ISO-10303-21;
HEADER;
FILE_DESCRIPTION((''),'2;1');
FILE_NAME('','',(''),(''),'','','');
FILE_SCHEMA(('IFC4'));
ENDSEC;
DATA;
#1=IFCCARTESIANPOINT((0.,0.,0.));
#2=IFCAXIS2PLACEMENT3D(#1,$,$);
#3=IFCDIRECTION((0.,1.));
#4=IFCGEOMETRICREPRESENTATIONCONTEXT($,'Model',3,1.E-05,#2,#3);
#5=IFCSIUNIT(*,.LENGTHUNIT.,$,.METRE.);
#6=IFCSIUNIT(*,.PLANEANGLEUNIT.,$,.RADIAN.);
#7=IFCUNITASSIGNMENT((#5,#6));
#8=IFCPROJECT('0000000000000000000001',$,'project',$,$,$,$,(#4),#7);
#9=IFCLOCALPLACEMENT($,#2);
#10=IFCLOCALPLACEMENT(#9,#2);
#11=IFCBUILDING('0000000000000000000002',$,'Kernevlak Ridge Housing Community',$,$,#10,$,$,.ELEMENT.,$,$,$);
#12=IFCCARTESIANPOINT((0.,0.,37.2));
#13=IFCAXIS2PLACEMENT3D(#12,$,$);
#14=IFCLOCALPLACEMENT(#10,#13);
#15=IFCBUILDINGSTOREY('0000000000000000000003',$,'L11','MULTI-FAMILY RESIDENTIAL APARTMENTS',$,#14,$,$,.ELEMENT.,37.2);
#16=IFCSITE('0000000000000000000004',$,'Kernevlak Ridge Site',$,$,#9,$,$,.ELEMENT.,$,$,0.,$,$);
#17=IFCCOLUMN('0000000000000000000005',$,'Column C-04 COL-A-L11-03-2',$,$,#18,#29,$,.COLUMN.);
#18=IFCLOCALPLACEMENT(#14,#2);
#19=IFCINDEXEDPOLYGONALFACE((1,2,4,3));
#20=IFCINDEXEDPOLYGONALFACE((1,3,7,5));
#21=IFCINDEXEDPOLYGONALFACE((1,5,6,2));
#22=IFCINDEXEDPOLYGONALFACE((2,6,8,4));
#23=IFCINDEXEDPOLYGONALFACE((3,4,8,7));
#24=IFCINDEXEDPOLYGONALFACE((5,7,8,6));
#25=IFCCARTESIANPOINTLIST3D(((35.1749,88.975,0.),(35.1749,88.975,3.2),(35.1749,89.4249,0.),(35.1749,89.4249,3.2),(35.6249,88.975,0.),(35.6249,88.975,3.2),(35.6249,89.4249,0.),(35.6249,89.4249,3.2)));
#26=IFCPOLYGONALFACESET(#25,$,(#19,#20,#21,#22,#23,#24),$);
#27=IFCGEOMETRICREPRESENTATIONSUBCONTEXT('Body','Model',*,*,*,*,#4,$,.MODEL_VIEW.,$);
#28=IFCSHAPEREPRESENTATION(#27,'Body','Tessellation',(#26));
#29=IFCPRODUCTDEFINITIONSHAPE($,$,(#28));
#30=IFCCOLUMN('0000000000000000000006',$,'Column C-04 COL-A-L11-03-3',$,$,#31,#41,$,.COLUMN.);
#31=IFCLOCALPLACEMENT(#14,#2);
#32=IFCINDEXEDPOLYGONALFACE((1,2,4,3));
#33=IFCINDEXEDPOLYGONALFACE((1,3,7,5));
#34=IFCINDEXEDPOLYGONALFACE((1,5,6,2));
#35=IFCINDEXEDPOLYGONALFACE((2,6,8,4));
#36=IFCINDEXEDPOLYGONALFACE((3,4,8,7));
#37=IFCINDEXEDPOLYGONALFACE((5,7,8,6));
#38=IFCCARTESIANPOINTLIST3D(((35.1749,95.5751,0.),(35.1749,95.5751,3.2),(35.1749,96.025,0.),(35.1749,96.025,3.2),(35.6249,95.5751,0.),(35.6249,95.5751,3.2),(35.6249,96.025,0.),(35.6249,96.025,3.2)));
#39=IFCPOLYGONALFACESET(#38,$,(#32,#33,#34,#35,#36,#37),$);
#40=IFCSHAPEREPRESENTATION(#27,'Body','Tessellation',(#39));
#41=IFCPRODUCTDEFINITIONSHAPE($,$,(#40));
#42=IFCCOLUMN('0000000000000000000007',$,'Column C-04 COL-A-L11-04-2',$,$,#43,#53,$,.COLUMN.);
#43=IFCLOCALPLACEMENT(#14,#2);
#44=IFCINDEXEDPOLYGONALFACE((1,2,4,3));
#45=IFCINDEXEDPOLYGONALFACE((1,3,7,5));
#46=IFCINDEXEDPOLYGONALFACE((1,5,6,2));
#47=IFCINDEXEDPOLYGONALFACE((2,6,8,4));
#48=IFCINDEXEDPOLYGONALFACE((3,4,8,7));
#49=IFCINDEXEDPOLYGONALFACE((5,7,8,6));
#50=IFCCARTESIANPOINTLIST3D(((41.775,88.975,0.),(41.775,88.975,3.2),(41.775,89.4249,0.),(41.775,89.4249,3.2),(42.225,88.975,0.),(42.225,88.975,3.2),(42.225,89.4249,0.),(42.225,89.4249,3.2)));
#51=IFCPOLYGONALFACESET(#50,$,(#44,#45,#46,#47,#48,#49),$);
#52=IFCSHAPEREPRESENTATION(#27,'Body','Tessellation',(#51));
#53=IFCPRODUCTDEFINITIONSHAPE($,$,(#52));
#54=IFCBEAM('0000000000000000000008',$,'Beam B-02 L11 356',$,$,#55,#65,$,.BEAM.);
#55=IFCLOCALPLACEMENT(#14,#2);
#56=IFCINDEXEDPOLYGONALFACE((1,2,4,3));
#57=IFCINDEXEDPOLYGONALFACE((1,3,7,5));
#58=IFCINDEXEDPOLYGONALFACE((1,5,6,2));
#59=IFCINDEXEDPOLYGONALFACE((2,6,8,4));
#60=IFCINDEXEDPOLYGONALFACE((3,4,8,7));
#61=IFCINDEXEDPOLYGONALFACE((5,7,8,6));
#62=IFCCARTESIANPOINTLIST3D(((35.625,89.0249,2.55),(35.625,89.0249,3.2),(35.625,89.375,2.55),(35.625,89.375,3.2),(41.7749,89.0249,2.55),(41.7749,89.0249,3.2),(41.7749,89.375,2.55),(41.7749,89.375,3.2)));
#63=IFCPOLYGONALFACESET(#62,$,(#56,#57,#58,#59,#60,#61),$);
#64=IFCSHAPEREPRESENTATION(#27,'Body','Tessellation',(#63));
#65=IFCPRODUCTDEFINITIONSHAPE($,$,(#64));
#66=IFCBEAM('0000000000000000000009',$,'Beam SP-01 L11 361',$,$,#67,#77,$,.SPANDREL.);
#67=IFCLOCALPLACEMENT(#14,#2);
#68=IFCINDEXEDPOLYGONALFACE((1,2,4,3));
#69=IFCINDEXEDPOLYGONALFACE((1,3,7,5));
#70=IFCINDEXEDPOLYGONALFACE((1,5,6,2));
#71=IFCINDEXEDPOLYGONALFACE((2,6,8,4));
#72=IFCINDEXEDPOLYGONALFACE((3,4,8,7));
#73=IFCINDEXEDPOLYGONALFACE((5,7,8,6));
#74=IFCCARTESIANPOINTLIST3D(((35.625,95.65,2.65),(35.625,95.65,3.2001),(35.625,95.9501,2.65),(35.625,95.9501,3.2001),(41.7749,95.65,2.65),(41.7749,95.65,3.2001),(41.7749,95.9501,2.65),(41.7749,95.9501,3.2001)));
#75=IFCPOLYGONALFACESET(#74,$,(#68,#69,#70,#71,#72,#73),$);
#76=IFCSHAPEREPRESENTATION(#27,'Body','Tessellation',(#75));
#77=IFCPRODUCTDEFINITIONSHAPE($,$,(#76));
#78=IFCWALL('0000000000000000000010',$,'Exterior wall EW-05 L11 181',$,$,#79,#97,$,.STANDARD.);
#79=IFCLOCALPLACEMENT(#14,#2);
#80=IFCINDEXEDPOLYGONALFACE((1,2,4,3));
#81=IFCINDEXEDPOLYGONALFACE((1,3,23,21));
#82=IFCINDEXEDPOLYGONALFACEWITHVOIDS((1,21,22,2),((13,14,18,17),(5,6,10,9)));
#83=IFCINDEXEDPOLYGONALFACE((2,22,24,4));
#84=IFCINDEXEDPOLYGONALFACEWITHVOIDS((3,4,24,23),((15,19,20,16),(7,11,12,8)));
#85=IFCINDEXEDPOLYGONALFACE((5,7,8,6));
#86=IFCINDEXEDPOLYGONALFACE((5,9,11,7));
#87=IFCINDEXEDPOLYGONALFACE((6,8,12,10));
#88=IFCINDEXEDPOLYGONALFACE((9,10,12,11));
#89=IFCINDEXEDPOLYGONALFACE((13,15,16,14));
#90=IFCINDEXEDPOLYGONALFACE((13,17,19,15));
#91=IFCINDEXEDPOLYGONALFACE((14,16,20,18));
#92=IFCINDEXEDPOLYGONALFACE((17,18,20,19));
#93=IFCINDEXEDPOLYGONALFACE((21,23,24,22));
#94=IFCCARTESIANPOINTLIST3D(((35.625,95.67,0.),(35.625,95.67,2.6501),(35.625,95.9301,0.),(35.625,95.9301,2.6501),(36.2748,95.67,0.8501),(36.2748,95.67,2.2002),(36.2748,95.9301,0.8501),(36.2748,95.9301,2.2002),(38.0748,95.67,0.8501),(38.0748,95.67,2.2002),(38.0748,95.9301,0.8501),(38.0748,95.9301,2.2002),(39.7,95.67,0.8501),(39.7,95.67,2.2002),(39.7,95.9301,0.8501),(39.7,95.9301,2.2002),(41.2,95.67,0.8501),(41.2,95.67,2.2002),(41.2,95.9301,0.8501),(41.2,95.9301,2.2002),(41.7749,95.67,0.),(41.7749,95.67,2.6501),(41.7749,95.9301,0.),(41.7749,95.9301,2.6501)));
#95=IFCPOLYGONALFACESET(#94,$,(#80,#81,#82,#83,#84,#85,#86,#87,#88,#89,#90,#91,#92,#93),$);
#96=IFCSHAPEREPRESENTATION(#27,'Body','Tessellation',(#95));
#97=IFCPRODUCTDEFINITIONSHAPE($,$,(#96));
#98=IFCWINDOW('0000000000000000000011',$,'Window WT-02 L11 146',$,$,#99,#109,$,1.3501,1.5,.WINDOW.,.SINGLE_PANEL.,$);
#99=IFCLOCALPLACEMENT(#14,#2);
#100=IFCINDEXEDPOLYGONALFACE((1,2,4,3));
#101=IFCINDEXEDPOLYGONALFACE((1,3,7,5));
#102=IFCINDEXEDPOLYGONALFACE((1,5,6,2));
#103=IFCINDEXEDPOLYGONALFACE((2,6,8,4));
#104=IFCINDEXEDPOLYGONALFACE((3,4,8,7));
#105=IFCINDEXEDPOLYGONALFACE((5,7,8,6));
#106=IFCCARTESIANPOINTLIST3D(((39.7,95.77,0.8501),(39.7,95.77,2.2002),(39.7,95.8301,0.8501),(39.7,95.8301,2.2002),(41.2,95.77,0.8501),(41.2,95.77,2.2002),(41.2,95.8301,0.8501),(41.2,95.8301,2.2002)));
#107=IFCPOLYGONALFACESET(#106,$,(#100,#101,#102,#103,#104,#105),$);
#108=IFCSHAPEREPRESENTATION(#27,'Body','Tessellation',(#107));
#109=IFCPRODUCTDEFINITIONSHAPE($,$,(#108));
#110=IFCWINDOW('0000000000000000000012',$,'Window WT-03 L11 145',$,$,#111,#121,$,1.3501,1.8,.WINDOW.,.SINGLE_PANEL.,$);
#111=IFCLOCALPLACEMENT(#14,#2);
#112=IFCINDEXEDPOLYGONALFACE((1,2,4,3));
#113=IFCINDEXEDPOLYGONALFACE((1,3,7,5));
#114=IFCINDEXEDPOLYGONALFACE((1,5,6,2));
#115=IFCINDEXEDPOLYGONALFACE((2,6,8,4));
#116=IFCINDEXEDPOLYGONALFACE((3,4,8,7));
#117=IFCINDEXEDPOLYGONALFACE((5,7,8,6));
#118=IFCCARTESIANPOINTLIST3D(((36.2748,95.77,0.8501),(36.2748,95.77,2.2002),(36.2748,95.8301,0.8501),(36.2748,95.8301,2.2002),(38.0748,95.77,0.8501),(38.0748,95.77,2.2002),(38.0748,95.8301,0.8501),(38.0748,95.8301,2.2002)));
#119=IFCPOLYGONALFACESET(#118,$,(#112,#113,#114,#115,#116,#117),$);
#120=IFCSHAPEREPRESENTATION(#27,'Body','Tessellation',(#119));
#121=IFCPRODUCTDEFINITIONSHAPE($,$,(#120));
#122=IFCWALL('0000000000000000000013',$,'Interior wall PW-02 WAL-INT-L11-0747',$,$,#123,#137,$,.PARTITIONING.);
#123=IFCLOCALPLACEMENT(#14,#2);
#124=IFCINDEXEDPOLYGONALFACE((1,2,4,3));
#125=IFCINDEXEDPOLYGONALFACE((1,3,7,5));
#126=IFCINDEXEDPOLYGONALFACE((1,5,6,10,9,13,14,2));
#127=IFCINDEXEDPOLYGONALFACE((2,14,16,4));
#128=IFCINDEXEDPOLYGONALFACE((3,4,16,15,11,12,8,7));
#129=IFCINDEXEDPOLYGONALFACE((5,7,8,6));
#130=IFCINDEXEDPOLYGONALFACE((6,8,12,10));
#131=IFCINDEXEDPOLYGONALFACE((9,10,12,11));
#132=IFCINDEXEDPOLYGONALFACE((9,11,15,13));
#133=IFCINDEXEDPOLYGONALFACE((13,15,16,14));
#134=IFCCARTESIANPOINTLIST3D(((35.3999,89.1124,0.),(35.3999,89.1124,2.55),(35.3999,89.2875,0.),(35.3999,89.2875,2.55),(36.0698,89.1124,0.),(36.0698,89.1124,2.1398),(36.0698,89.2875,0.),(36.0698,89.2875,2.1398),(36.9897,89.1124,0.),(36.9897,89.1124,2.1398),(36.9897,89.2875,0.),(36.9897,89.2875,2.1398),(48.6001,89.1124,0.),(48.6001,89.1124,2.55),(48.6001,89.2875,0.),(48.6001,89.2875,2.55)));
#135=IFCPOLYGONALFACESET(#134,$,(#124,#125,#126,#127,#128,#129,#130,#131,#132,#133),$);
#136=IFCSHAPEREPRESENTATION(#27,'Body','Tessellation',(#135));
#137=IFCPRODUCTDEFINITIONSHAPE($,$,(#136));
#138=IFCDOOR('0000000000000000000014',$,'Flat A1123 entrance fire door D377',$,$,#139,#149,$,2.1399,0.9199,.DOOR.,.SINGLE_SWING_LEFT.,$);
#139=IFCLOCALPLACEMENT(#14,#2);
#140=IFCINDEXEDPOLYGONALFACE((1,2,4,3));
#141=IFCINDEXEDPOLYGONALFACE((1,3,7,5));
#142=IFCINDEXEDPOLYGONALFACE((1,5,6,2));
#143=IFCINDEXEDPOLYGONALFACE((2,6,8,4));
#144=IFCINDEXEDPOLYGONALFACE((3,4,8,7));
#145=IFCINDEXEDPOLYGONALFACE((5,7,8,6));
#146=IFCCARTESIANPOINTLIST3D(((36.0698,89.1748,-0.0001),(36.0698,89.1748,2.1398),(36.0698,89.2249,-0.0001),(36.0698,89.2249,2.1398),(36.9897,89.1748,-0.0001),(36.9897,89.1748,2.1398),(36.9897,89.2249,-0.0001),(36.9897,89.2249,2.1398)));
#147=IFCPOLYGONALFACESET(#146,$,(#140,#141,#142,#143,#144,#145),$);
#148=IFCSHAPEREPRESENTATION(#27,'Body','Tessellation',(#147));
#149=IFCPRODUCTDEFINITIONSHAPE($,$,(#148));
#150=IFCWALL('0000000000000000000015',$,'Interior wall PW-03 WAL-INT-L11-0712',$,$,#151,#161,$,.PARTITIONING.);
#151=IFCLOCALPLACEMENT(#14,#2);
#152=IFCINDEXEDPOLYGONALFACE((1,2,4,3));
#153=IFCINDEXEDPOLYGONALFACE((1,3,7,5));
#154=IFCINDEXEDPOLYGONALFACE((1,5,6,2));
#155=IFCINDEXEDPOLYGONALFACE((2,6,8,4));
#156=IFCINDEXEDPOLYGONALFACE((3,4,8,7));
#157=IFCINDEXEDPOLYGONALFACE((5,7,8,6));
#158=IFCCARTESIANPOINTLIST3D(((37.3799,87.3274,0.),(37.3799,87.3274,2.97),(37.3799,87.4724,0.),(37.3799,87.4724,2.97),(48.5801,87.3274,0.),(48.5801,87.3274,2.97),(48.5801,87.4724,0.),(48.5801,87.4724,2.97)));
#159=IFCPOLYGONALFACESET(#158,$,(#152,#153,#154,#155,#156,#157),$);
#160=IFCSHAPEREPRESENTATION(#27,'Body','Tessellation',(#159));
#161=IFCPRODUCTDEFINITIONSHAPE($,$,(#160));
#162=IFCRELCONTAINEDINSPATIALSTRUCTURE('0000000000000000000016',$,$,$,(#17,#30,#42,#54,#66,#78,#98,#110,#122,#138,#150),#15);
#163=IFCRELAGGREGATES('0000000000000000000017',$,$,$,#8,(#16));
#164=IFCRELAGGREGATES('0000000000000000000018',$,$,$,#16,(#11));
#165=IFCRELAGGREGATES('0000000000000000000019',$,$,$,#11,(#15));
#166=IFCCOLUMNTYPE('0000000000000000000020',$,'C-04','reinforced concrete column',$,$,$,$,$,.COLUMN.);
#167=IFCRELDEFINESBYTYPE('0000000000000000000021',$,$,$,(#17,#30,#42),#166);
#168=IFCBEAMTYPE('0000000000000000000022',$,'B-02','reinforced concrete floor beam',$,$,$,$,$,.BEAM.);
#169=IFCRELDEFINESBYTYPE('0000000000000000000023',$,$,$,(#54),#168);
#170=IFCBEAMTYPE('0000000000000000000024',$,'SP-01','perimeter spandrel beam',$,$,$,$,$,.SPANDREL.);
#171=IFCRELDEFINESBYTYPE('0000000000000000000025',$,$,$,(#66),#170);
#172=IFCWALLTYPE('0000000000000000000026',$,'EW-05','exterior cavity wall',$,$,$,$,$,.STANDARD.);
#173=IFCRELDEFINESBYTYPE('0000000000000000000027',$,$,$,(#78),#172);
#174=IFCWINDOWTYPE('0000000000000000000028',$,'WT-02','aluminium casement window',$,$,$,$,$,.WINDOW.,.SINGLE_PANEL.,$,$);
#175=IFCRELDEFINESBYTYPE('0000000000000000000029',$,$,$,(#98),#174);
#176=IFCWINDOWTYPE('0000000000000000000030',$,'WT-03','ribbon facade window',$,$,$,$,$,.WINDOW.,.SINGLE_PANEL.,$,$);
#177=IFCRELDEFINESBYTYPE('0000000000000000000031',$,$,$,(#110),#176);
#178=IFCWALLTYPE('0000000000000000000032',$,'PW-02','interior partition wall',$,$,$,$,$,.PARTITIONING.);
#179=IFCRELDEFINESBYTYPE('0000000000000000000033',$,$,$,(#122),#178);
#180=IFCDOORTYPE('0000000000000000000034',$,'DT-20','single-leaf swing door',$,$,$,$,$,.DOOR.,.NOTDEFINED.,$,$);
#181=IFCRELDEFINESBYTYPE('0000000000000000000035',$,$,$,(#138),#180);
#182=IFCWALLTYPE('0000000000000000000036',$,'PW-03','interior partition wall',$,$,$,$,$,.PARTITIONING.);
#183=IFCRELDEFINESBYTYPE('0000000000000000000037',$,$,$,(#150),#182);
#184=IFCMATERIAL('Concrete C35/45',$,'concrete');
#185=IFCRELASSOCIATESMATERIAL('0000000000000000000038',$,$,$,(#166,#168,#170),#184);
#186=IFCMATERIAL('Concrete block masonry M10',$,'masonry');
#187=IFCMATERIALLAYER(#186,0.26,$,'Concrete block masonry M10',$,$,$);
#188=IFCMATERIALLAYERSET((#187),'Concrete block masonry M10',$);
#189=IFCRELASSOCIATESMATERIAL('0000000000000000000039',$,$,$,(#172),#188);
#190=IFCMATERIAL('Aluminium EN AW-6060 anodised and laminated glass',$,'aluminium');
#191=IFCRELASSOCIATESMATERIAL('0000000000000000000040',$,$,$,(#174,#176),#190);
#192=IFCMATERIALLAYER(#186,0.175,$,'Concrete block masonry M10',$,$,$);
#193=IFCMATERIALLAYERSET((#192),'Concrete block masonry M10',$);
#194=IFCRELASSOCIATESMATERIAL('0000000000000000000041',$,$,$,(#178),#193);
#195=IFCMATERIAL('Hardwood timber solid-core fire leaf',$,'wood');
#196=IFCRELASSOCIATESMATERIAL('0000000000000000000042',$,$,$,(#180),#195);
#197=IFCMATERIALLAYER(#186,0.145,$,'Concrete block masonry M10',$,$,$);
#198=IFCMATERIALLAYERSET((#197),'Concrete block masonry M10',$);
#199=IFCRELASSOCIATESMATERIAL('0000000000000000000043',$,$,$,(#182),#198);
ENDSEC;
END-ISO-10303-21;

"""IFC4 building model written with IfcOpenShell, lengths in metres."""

from ifc_helpers import new_model, si_unit, direction, frame, frame_2d, origin, origin_2d, place, context, subcontext, project, spatial, rectangle, extrude, material, layer, layer_set, material_profile, profile_set, type_object, element, fill, save


model = new_model("IFC4")

# Units and contexts
model_context = context("Model", 3, precision=1e-05, world=origin(), true_north=direction((0.0, 1.0)))
body_context = subcontext(model_context, "Body", "Model", "MODEL_VIEW")
ifc_project = project(units=[si_unit("LENGTHUNIT", "METRE"), si_unit("PLANEANGLEUNIT", "RADIAN")], contexts=[model_context])

# Site, building, storey
site_placement = place(None, origin())
site = spatial("IfcSite", under=ifc_project, at=site_placement, Name="Kernevlak Ridge Site", CompositionType="ELEMENT", RefElevation=0.0)
building_placement = place(site_placement, origin())
building = spatial("IfcBuilding", under=site, at=building_placement, Name="Kernevlak Ridge Housing Community", CompositionType="ELEMENT")
storey_placement = place(building_placement, frame((0.0, 0.0, 37.2)))
storey = spatial("IfcBuildingStorey", under=building, at=storey_placement, Name="L11", Description="MULTI-FAMILY RESIDENTIAL APARTMENTS", CompositionType="ELEMENT", Elevation=37.2)

# Columns
ifc_material_1 = material(Name="Concrete C35/45", Category="concrete")
ifc_material_profile_1 = material_profile(ifc_material_1, rectangle(XDim=0.45, YDim=0.45, at=origin_2d()), Name="RC 450x450")
ifc_profile_set_1 = profile_set([ifc_material_profile_1], Name="Concrete C35/45")
column_type = type_object("IfcColumnType", Name="C-04", Description="reinforced concrete column", PredefinedType="COLUMN", material=ifc_profile_set_1)
for number, where, z_axis, x_axis, name in (
    (1, (35.3999, 89.2, 0.0), (0.0, 0.0, 1.0), (1.0, 0.0, 0.0), "Column C-04 COL-A-L11-03-2"),
    (2, (35.3999, 95.8, 0.0), (0.0, 0.0, 1.0), (1.0, 0.0, 0.0), "Column C-04 COL-A-L11-03-3"),
    (3, (42.0, 89.2, 0.0), (0.0, 0.0, 1.0), (1.0, 0.0, 0.0), "Column C-04 COL-A-L11-04-2"),
):
    element("IfcColumn", number, at=place(storey_placement, frame(where, z_axis=z_axis, x_axis=x_axis)), inside=storey, type_object=column_type, Name=name, PredefinedType="COLUMN", context=body_context, shape_type="SweptSolid", body=[
        extrude(rectangle(XDim=0.45, YDim=0.45, at=origin_2d()), origin(), (0.0, 0.0, 1.0), 3.2),
    ])

# Beams
ifc_material_profile_2 = material_profile(ifc_material_1, rectangle(XDim=0.3501, YDim=0.6499, at=origin_2d()), Name="RC 350x650")
ifc_profile_set_2 = profile_set([ifc_material_profile_2], Name="Concrete C35/45")
beam_type_1 = type_object("IfcBeamType", Name="B-02", Description="reinforced concrete floor beam", PredefinedType="BEAM", material=ifc_profile_set_2)
beam_1_placement = place(storey_placement, frame((35.625, 89.2, 2.875), z_axis=(1.0, 0.0, 0.0), x_axis=(0.0, 1.0, 0.0)))
element("IfcBeam", 4, at=beam_1_placement, inside=storey, type_object=beam_type_1, Name="Beam B-02 L11 356", PredefinedType="BEAM", context=body_context, shape_type="SweptSolid", body=[
    extrude(rectangle(XDim=0.3501, YDim=0.6499, at=origin_2d()), origin(), (0.0, 0.0, 1.0), 6.1499),
])
ifc_material_profile_3 = material_profile(ifc_material_1, rectangle(XDim=0.3, YDim=0.55, at=origin_2d()), Name="RC 300x550")
ifc_profile_set_3 = profile_set([ifc_material_profile_3], Name="Concrete C35/45")
beam_type_2 = type_object("IfcBeamType", Name="SP-01", Description="perimeter spandrel beam", PredefinedType="SPANDREL", material=ifc_profile_set_3)
beam_2_placement = place(storey_placement, frame((35.625, 95.8, 2.925), z_axis=(1.0, 0.0, 0.0), x_axis=(0.0, 1.0, 0.0)))
element("IfcBeam", 5, at=beam_2_placement, inside=storey, type_object=beam_type_2, Name="Beam SP-01 L11 361", PredefinedType="SPANDREL", context=body_context, shape_type="SweptSolid", body=[
    extrude(rectangle(XDim=0.3, YDim=0.55, at=origin_2d()), origin(), (0.0, 0.0, 1.0), 6.1499),
])

# Wall, openings, windows
ifc_material_2 = material(Name="Concrete block masonry M10", Category="masonry")
ifc_layer_1 = layer(ifc_material_2, 0.26, Name="Concrete block masonry M10")
ifc_layer_set_1 = layer_set([ifc_layer_1], Name="Concrete block masonry M10")
wall_type_1 = type_object("IfcWallType", Name="EW-05", Description="exterior cavity wall", PredefinedType="STANDARD", material=ifc_layer_set_1)
wall_1_placement = place(storey_placement, frame((35.625, 95.8, 0.0), z_axis=(0.0, 0.0, 1.0), x_axis=(1.0, 0.0, 0.0)))
wall_1 = element("IfcWall", 6, at=wall_1_placement, inside=storey, type_object=wall_type_1, Name="Exterior wall EW-05 L11 181", PredefinedType="STANDARD", context=body_context, shape_type="SweptSolid", body=[
    extrude(rectangle(XDim=6.1499, YDim=0.26, at=frame_2d((3.075, 0.0))), origin(), (0.0, 0.0, 1.0), 2.6501),
])
opening_1_placement = place(wall_1_placement, frame((0.6499, 0.0, 0.8501)))
opening_1 = element("IfcOpeningElement", 7, at=opening_1_placement, cuts=wall_1, PredefinedType="OPENING", context=body_context, shape_type="SweptSolid", body=[
    extrude(rectangle(XDim=1.8, YDim=1.3501, at=frame_2d((0.8999, 0.675))), frame((0.0, 0.1399, 0.0), z_axis=(0.0, -1.0, 0.0), x_axis=(1.0, 0.0, 0.0)), (0.0, 0.0, 1.0), 0.28),
])
opening_2_placement = place(wall_1_placement, frame((4.075, 0.0, 0.8501)))
opening_2 = element("IfcOpeningElement", 8, at=opening_2_placement, cuts=wall_1, PredefinedType="OPENING", context=body_context, shape_type="SweptSolid", body=[
    extrude(rectangle(XDim=1.5, YDim=1.3501, at=frame_2d((0.75, 0.675))), frame((0.0, 0.1399, 0.0), z_axis=(0.0, -1.0, 0.0), x_axis=(1.0, 0.0, 0.0)), (0.0, 0.0, 1.0), 0.28),
])
ifc_material_3 = material(Name="Aluminium EN AW-6060 anodised and laminated glass", Category="aluminium")
window_type_1 = type_object("IfcWindowType", Name="WT-02", Description="aluminium casement window", PartitioningType="SINGLE_PANEL", PredefinedType="WINDOW", material=ifc_material_3)
window_1_placement = place(opening_2_placement, origin())
window_1 = element("IfcWindow", 9, at=window_1_placement, inside=storey, type_object=window_type_1, Name="Window WT-02 L11 146", OverallHeight=1.3501, OverallWidth=1.5, PartitioningType="SINGLE_PANEL", PredefinedType="WINDOW", context=body_context, shape_type="SweptSolid", body=[
    extrude(rectangle(XDim=1.5, YDim=1.3501, at=frame_2d((0.75, 0.675))), frame((0.0, 0.03, 0.0), z_axis=(0.0, -1.0, 0.0), x_axis=(1.0, 0.0, 0.0)), (0.0, 0.0, 1.0), 0.0601),
])
fill(opening_2, window_1)
window_type_2 = type_object("IfcWindowType", Name="WT-03", Description="ribbon facade window", PartitioningType="SINGLE_PANEL", PredefinedType="WINDOW", material=ifc_material_3)
window_2_placement = place(opening_1_placement, origin())
window_2 = element("IfcWindow", 10, at=window_2_placement, inside=storey, type_object=window_type_2, Name="Window WT-03 L11 145", OverallHeight=1.3501, OverallWidth=1.8, PartitioningType="SINGLE_PANEL", PredefinedType="WINDOW", context=body_context, shape_type="SweptSolid", body=[
    extrude(rectangle(XDim=1.8, YDim=1.3501, at=frame_2d((0.8999, 0.675))), frame((0.0, 0.03, 0.0), z_axis=(0.0, -1.0, 0.0), x_axis=(1.0, 0.0, 0.0)), (0.0, 0.0, 1.0), 0.0601),
])
fill(opening_1, window_2)

# Wall, opening, door
ifc_layer_2 = layer(ifc_material_2, 0.175, Name="Concrete block masonry M10")
ifc_layer_set_2 = layer_set([ifc_layer_2], Name="Concrete block masonry M10")
wall_type_2 = type_object("IfcWallType", Name="PW-02", Description="interior partition wall", PredefinedType="PARTITIONING", material=ifc_layer_set_2)
wall_2_placement = place(storey_placement, frame((35.3999, 89.2, 0.0), z_axis=(0.0, 0.0, 1.0), x_axis=(1.0, 0.0, 0.0)))
wall_2 = element("IfcWall", 11, at=wall_2_placement, inside=storey, type_object=wall_type_2, Name="Interior wall PW-02 WAL-INT-L11-0747", PredefinedType="PARTITIONING", context=body_context, shape_type="SweptSolid", body=[
    extrude(rectangle(XDim=13.2002, YDim=0.175, at=frame_2d((6.6001, 0.0))), origin(), (0.0, 0.0, 1.0), 2.55),
])
opening_3_placement = place(wall_2_placement, frame((0.6699, 0.0, 0.0)))
opening_3 = element("IfcOpeningElement", 12, at=opening_3_placement, cuts=wall_2, PredefinedType="OPENING", context=body_context, shape_type="SweptSolid", body=[
    extrude(rectangle(XDim=0.9199, YDim=2.1399, at=frame_2d((0.46, 1.0698))), frame((0.0, 0.0974, 0.0), z_axis=(0.0, -1.0, 0.0), x_axis=(1.0, 0.0, 0.0)), (0.0, 0.0, 1.0), 0.1951),
])
ifc_material_4 = material(Name="Hardwood timber solid-core fire leaf", Category="wood")
door_type_1 = type_object("IfcDoorType", Name="DT-20", Description="single-leaf swing door", OperationType="NOTDEFINED", PredefinedType="DOOR", material=ifc_material_4)
door_1_placement = place(opening_3_placement, origin())
door_1 = element("IfcDoor", 13, at=door_1_placement, inside=storey, type_object=door_type_1, Name="Flat A1123 entrance fire door D377", OperationType="SINGLE_SWING_LEFT", OverallHeight=2.1399, OverallWidth=0.9199, PredefinedType="DOOR", context=body_context, shape_type="SweptSolid", body=[
    extrude(rectangle(XDim=0.9199, YDim=2.1399, at=frame_2d((0.46, 1.0698))), frame((0.0, 0.0249, 0.0), z_axis=(0.0, -1.0, 0.0), x_axis=(1.0, 0.0, 0.0)), (0.0, 0.0, 1.0), 0.05),
])
fill(opening_3, door_1)

# Wall
ifc_layer_3 = layer(ifc_material_2, 0.145, Name="Concrete block masonry M10")
ifc_layer_set_3 = layer_set([ifc_layer_3], Name="Concrete block masonry M10")
wall_type_3 = type_object("IfcWallType", Name="PW-03", Description="interior partition wall", PredefinedType="PARTITIONING", material=ifc_layer_set_3)
wall_3_placement = place(storey_placement, frame((37.3799, 87.3999, 0.0), z_axis=(0.0, 0.0, 1.0), x_axis=(1.0, 0.0, 0.0)))
element("IfcWall", 14, at=wall_3_placement, inside=storey, type_object=wall_type_3, Name="Interior wall PW-03 WAL-INT-L11-0712", PredefinedType="PARTITIONING", context=body_context, shape_type="SweptSolid", body=[
    extrude(rectangle(XDim=11.2002, YDim=0.145, at=frame_2d((5.6001, 0.0))), origin(), (0.0, 0.0, 1.0), 2.97),
])

save(model, "model.ifc")
